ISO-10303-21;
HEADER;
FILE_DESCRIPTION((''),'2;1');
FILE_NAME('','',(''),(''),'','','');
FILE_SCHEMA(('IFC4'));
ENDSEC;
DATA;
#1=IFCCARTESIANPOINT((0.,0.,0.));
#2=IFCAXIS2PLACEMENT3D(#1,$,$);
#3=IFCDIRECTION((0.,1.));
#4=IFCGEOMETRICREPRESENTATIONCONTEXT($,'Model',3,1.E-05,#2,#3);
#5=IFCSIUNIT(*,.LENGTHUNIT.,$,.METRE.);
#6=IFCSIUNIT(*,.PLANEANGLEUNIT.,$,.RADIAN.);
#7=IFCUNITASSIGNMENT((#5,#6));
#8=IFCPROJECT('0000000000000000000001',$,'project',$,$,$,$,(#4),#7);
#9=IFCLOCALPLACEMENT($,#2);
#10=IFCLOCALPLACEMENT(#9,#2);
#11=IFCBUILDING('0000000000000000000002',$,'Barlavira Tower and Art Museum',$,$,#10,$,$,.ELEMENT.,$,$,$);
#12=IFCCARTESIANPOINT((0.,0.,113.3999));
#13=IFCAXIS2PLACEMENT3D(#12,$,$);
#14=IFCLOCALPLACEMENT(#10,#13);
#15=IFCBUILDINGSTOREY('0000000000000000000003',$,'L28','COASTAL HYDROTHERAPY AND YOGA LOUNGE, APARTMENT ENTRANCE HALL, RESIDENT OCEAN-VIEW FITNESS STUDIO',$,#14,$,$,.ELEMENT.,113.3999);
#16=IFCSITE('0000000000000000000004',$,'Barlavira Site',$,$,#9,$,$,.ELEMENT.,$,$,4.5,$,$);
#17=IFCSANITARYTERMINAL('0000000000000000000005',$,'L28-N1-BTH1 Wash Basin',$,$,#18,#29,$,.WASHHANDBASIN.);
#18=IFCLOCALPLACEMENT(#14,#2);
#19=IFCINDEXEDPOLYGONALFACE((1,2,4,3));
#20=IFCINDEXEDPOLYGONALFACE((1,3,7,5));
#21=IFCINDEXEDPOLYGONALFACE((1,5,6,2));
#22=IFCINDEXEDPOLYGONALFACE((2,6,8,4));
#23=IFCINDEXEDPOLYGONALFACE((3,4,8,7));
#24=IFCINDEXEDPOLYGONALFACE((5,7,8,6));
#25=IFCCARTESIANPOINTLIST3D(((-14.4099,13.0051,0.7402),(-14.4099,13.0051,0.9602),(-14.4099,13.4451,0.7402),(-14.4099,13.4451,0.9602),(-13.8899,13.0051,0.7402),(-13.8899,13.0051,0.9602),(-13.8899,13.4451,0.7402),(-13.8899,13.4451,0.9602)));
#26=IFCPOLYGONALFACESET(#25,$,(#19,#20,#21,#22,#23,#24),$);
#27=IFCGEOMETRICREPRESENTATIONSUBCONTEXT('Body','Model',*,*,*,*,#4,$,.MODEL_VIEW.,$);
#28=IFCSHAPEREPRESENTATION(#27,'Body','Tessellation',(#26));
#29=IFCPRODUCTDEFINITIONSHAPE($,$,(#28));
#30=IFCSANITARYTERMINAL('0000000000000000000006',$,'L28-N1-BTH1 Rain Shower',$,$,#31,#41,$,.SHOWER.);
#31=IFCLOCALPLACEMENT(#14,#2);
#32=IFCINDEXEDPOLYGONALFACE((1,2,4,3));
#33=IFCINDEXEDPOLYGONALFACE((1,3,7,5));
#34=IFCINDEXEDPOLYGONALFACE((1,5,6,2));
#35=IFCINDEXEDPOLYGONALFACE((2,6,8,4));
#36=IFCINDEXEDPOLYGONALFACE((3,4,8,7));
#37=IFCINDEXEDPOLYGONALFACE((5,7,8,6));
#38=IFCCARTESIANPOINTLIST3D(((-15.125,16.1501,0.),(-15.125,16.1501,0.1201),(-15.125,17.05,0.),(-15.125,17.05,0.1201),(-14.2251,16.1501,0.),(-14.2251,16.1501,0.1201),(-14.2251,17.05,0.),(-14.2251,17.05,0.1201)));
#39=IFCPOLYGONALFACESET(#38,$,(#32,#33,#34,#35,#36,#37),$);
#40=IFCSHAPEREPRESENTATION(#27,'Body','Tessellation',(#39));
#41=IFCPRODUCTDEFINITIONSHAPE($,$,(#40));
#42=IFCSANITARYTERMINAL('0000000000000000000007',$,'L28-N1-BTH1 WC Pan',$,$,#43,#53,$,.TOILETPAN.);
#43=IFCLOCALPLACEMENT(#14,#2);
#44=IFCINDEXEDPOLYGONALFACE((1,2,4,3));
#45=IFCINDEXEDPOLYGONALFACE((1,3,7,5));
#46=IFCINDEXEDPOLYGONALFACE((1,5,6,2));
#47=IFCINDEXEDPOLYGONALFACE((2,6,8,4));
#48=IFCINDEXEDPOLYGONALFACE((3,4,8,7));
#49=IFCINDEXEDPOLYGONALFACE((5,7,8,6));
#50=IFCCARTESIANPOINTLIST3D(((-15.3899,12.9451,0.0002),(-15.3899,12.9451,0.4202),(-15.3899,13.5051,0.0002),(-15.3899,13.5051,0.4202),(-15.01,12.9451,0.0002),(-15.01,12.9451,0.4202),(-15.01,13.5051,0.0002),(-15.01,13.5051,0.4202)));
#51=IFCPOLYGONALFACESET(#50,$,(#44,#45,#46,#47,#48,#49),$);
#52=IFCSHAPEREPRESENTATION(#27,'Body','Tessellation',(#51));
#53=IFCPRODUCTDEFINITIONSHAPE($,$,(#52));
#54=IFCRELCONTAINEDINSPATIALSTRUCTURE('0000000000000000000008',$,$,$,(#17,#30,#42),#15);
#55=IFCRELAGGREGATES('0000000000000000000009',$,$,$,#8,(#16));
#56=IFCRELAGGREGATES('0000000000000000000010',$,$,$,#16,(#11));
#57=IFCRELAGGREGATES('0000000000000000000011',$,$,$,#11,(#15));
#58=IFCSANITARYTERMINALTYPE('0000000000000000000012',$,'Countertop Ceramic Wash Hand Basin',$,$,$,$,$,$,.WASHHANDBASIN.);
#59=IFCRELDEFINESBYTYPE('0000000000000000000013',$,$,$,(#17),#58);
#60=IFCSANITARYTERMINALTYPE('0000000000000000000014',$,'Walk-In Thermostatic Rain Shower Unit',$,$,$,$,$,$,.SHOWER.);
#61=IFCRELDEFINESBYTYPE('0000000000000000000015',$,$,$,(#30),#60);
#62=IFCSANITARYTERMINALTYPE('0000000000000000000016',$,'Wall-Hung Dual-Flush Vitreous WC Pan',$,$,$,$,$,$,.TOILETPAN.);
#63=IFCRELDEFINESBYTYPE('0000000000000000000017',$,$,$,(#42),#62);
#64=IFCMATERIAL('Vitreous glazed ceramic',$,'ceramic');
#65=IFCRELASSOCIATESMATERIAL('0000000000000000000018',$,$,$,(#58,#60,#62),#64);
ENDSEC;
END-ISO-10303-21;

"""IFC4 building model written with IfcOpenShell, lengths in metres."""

from ifc_helpers import new_model, si_unit, direction, frame, origin, origin_2d, place, context, subcontext, project, spatial, rectangle, extrude, material, type_object, element, save


model = new_model("IFC4")

# Units and contexts
model_context = context("Model", 3, precision=1e-05, world=origin(), true_north=direction((0.0, 1.0)))
body_context = subcontext(model_context, "Body", "Model", "MODEL_VIEW")
ifc_project = project(units=[si_unit("LENGTHUNIT", "METRE"), si_unit("PLANEANGLEUNIT", "RADIAN")], contexts=[model_context])

# Site, building, storey
site_placement = place(None, origin())
site = spatial("IfcSite", under=ifc_project, at=site_placement, Name="Barlavira Site", CompositionType="ELEMENT", RefElevation=4.5)
building_placement = place(site_placement, origin())
building = spatial("IfcBuilding", under=site, at=building_placement, Name="Barlavira Tower and Art Museum", CompositionType="ELEMENT")
storey_placement = place(building_placement, frame((0.0, 0.0, 113.3999)))
storey = spatial("IfcBuildingStorey", under=building, at=storey_placement, Name="L28", Description="COASTAL HYDROTHERAPY AND YOGA LOUNGE, APARTMENT ENTRANCE HALL, RESIDENT OCEAN-VIEW FITNESS STUDIO", CompositionType="ELEMENT", Elevation=113.3999)

# Sanitary terminals
ifc_material_1 = material(Name="Vitreous glazed ceramic", Category="ceramic")
sanitary_terminal_type_1 = type_object("IfcSanitaryTerminalType", Name="Countertop Ceramic Wash Hand Basin", PredefinedType="WASHHANDBASIN", material=ifc_material_1)
sanitary_terminal_1_placement = place(storey_placement, frame((-14.1499, 13.2251, 0.7402), z_axis=(0.0, 0.0, 1.0), x_axis=(1.0, 0.0, 0.0)))
element("IfcSanitaryTerminal", 1, at=sanitary_terminal_1_placement, inside=storey, type_object=sanitary_terminal_type_1, Name="L28-N1-BTH1 Wash Basin", PredefinedType="WASHHANDBASIN", context=body_context, shape_type="SweptSolid", body=[
    extrude(rectangle(XDim=0.52, YDim=0.4399, at=origin_2d()), origin(), (0.0, 0.0, 1.0), 0.22),
])
sanitary_terminal_type_2 = type_object("IfcSanitaryTerminalType", Name="Walk-In Thermostatic Rain Shower Unit", PredefinedType="SHOWER", material=ifc_material_1)
sanitary_terminal_2_placement = place(storey_placement, frame((-14.675, 16.6001, 0.0), z_axis=(0.0, 0.0, 1.0), x_axis=(1.0, 0.0, 0.0)))
element("IfcSanitaryTerminal", 2, at=sanitary_terminal_2_placement, inside=storey, type_object=sanitary_terminal_type_2, Name="L28-N1-BTH1 Rain Shower", PredefinedType="SHOWER", context=body_context, shape_type="SweptSolid", body=[
    extrude(rectangle(XDim=0.8999, YDim=0.8999, at=origin_2d()), origin(), (0.0, 0.0, 1.0), 0.1201),
])
sanitary_terminal_type_3 = type_object("IfcSanitaryTerminalType", Name="Wall-Hung Dual-Flush Vitreous WC Pan", PredefinedType="TOILETPAN", material=ifc_material_1)
sanitary_terminal_3_placement = place(storey_placement, frame((-15.2, 13.2251, 0.0002), z_axis=(0.0, 0.0, 1.0), x_axis=(1.0, 0.0, 0.0)))
element("IfcSanitaryTerminal", 3, at=sanitary_terminal_3_placement, inside=storey, type_object=sanitary_terminal_type_3, Name="L28-N1-BTH1 WC Pan", PredefinedType="TOILETPAN", context=body_context, shape_type="SweptSolid", body=[
    extrude(rectangle(XDim=0.3799, YDim=0.5601, at=origin_2d()), origin(), (0.0, 0.0, 1.0), 0.4199),
])

save(model, "model.ifc")
